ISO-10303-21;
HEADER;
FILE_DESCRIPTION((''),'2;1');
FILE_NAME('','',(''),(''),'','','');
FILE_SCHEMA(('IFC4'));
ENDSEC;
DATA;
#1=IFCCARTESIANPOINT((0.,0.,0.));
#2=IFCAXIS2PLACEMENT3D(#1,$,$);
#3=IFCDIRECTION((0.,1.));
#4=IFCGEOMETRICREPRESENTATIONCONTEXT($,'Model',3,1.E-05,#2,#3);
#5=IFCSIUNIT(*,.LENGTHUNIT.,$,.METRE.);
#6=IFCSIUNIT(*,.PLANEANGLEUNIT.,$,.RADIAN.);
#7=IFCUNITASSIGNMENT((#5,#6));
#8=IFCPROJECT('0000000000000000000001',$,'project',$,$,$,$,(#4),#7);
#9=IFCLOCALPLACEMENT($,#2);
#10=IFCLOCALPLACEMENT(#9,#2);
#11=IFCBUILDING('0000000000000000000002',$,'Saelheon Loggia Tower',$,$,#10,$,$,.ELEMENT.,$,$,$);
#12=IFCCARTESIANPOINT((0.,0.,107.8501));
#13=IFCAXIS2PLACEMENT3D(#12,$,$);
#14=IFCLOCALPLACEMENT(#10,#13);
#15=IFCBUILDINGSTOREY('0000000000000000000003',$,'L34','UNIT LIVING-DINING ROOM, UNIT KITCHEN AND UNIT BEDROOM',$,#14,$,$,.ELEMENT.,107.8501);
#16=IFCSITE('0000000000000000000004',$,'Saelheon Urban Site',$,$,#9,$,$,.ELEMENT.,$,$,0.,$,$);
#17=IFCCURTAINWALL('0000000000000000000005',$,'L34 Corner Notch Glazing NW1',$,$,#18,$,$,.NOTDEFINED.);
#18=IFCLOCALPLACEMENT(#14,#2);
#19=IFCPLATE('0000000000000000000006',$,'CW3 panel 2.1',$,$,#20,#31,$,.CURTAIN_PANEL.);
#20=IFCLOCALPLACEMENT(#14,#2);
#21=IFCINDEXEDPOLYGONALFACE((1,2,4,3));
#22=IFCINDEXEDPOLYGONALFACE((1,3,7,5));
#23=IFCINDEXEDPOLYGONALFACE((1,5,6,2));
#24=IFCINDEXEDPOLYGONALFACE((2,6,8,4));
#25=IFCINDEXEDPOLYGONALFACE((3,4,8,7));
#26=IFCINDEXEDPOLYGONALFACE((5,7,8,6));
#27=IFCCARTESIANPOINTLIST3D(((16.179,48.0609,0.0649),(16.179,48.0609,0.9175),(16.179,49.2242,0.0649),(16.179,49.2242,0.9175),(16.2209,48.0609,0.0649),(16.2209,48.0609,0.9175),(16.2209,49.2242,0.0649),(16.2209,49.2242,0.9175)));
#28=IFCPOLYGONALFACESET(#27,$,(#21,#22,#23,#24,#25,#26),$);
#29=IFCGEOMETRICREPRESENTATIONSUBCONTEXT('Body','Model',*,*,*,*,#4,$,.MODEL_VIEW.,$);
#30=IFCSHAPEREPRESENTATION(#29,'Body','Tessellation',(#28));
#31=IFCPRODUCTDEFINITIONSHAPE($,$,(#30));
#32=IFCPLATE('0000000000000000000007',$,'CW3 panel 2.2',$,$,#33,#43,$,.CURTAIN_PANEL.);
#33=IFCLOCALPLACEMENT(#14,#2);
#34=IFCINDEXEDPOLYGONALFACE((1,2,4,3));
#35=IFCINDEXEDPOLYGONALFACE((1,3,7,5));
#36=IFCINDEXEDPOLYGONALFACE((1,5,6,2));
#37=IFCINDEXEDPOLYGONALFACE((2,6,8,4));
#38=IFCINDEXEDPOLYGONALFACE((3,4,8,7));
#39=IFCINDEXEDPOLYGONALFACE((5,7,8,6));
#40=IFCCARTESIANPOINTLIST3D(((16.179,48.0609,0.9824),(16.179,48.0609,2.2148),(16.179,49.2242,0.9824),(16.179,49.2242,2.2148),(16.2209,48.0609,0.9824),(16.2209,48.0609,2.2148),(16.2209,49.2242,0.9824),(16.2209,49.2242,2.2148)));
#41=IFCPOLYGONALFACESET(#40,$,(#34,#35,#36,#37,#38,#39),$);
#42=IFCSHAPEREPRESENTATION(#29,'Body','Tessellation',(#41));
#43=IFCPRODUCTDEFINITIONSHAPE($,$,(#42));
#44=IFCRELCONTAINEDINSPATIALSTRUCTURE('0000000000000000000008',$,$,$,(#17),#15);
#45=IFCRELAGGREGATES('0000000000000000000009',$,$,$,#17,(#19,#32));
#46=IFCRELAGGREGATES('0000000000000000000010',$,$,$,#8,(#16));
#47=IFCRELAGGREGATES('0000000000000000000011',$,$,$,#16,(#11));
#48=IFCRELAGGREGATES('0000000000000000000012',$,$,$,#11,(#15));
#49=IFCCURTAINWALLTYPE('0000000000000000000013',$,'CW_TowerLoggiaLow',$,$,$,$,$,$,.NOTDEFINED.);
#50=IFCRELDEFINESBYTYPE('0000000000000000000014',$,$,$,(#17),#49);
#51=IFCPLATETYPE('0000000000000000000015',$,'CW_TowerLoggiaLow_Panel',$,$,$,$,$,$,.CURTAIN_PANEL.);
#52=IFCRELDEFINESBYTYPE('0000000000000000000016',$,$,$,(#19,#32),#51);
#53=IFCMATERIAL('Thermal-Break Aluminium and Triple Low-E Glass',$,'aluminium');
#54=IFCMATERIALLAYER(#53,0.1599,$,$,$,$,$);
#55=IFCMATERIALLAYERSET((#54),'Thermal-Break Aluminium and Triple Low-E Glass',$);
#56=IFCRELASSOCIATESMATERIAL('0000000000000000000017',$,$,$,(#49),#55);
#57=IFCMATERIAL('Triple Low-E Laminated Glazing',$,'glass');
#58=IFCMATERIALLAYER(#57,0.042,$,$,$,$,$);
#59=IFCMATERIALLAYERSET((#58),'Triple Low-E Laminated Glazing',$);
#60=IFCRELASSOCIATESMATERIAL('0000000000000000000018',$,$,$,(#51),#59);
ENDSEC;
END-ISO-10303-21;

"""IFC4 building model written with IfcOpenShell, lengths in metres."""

from ifc_helpers import new_model, si_unit, direction, frame, origin, origin_2d, place, context, subcontext, project, spatial, rectangle, extrude, source, transform, mapped, material, layer, layer_set, type_object, element, aggregate, save


model = new_model("IFC4")

# Units and contexts
model_context = context("Model", 3, precision=1e-05, world=origin(), true_north=direction((0.0, 1.0)))
body_context = subcontext(model_context, "Body", "Model", "MODEL_VIEW")
ifc_project = project(units=[si_unit("LENGTHUNIT", "METRE"), si_unit("PLANEANGLEUNIT", "RADIAN")], contexts=[model_context])

# Site, building, storey
site_placement = place(None, origin())
site = spatial("IfcSite", under=ifc_project, at=site_placement, Name="Saelheon Urban Site", CompositionType="ELEMENT", RefElevation=0.0)
building_placement = place(site_placement, origin())
building = spatial("IfcBuilding", under=site, at=building_placement, Name="Saelheon Loggia Tower", CompositionType="ELEMENT")
storey_placement = place(building_placement, frame((0.0, 0.0, 107.8501)))
storey = spatial("IfcBuildingStorey", under=building, at=storey_placement, Name="L34", Description="UNIT LIVING-DINING ROOM, UNIT KITCHEN AND UNIT BEDROOM", CompositionType="ELEMENT", Elevation=107.8501)

# Curtain wall, plates
ifc_material_1 = material(Name="Thermal-Break Aluminium and Triple Low-E Glass", Category="aluminium")
ifc_layer_1 = layer(ifc_material_1, 0.1599)
ifc_layer_set_1 = layer_set([ifc_layer_1], Name="Thermal-Break Aluminium and Triple Low-E Glass")
curtain_wall_type = type_object("IfcCurtainWallType", Name="CW_TowerLoggiaLow", PredefinedType="NOTDEFINED", material=ifc_layer_set_1)
curtain_wall_placement = place(storey_placement, origin())
curtain_wall = element("IfcCurtainWall", 1, at=curtain_wall_placement, inside=storey, type_object=curtain_wall_type, Name="L34 Corner Notch Glazing NW1", PredefinedType="NOTDEFINED")
ifc_material_2 = material(Name="Triple Low-E Laminated Glazing", Category="glass")
ifc_layer_2 = layer(ifc_material_2, 0.042)
ifc_layer_set_2 = layer_set([ifc_layer_2], Name="Triple Low-E Laminated Glazing")
plate_type = type_object("IfcPlateType", Name="CW_TowerLoggiaLow_Panel", PredefinedType="CURTAIN_PANEL", material=ifc_layer_set_2)
shared_shape_1 = source(origin(), body_context, "Body", "SweptSolid", [
    extrude(rectangle(XDim=1.1633, YDim=0.042, at=origin_2d()), origin(), (0.0, 0.0, 1.0), 0.8525),
])
plate_1_placement = place(storey_placement, frame((16.2, 48.6426, 0.0649), z_axis=(0.0, 0.0, 1.0), x_axis=(0.0, 1.0, 0.0)))
plate_1 = element("IfcPlate", 2, at=plate_1_placement, type_object=plate_type, Name="CW3 panel 2.1", PredefinedType="CURTAIN_PANEL", context=body_context, shape_type="MappedRepresentation", body=[
    mapped(shared_shape_1, transform((0.0, 0.0, 0.0), scale=1.0)),
])
shared_shape_2 = source(origin(), body_context, "Body", "SweptSolid", [
    extrude(rectangle(XDim=1.1633, YDim=0.042, at=origin_2d()), origin(), (0.0, 0.0, 1.0), 1.2324),
])
plate_2_placement = place(storey_placement, frame((16.2, 48.6426, 0.9824), z_axis=(0.0, 0.0, 1.0), x_axis=(0.0, 1.0, 0.0)))
plate_2 = element("IfcPlate", 3, at=plate_2_placement, type_object=plate_type, Name="CW3 panel 2.2", PredefinedType="CURTAIN_PANEL", context=body_context, shape_type="MappedRepresentation", body=[
    mapped(shared_shape_2, transform((0.0, 0.0, 0.0), scale=1.0)),
])
aggregate(curtain_wall, [plate_1, plate_2])

save(model, "model.ifc")
